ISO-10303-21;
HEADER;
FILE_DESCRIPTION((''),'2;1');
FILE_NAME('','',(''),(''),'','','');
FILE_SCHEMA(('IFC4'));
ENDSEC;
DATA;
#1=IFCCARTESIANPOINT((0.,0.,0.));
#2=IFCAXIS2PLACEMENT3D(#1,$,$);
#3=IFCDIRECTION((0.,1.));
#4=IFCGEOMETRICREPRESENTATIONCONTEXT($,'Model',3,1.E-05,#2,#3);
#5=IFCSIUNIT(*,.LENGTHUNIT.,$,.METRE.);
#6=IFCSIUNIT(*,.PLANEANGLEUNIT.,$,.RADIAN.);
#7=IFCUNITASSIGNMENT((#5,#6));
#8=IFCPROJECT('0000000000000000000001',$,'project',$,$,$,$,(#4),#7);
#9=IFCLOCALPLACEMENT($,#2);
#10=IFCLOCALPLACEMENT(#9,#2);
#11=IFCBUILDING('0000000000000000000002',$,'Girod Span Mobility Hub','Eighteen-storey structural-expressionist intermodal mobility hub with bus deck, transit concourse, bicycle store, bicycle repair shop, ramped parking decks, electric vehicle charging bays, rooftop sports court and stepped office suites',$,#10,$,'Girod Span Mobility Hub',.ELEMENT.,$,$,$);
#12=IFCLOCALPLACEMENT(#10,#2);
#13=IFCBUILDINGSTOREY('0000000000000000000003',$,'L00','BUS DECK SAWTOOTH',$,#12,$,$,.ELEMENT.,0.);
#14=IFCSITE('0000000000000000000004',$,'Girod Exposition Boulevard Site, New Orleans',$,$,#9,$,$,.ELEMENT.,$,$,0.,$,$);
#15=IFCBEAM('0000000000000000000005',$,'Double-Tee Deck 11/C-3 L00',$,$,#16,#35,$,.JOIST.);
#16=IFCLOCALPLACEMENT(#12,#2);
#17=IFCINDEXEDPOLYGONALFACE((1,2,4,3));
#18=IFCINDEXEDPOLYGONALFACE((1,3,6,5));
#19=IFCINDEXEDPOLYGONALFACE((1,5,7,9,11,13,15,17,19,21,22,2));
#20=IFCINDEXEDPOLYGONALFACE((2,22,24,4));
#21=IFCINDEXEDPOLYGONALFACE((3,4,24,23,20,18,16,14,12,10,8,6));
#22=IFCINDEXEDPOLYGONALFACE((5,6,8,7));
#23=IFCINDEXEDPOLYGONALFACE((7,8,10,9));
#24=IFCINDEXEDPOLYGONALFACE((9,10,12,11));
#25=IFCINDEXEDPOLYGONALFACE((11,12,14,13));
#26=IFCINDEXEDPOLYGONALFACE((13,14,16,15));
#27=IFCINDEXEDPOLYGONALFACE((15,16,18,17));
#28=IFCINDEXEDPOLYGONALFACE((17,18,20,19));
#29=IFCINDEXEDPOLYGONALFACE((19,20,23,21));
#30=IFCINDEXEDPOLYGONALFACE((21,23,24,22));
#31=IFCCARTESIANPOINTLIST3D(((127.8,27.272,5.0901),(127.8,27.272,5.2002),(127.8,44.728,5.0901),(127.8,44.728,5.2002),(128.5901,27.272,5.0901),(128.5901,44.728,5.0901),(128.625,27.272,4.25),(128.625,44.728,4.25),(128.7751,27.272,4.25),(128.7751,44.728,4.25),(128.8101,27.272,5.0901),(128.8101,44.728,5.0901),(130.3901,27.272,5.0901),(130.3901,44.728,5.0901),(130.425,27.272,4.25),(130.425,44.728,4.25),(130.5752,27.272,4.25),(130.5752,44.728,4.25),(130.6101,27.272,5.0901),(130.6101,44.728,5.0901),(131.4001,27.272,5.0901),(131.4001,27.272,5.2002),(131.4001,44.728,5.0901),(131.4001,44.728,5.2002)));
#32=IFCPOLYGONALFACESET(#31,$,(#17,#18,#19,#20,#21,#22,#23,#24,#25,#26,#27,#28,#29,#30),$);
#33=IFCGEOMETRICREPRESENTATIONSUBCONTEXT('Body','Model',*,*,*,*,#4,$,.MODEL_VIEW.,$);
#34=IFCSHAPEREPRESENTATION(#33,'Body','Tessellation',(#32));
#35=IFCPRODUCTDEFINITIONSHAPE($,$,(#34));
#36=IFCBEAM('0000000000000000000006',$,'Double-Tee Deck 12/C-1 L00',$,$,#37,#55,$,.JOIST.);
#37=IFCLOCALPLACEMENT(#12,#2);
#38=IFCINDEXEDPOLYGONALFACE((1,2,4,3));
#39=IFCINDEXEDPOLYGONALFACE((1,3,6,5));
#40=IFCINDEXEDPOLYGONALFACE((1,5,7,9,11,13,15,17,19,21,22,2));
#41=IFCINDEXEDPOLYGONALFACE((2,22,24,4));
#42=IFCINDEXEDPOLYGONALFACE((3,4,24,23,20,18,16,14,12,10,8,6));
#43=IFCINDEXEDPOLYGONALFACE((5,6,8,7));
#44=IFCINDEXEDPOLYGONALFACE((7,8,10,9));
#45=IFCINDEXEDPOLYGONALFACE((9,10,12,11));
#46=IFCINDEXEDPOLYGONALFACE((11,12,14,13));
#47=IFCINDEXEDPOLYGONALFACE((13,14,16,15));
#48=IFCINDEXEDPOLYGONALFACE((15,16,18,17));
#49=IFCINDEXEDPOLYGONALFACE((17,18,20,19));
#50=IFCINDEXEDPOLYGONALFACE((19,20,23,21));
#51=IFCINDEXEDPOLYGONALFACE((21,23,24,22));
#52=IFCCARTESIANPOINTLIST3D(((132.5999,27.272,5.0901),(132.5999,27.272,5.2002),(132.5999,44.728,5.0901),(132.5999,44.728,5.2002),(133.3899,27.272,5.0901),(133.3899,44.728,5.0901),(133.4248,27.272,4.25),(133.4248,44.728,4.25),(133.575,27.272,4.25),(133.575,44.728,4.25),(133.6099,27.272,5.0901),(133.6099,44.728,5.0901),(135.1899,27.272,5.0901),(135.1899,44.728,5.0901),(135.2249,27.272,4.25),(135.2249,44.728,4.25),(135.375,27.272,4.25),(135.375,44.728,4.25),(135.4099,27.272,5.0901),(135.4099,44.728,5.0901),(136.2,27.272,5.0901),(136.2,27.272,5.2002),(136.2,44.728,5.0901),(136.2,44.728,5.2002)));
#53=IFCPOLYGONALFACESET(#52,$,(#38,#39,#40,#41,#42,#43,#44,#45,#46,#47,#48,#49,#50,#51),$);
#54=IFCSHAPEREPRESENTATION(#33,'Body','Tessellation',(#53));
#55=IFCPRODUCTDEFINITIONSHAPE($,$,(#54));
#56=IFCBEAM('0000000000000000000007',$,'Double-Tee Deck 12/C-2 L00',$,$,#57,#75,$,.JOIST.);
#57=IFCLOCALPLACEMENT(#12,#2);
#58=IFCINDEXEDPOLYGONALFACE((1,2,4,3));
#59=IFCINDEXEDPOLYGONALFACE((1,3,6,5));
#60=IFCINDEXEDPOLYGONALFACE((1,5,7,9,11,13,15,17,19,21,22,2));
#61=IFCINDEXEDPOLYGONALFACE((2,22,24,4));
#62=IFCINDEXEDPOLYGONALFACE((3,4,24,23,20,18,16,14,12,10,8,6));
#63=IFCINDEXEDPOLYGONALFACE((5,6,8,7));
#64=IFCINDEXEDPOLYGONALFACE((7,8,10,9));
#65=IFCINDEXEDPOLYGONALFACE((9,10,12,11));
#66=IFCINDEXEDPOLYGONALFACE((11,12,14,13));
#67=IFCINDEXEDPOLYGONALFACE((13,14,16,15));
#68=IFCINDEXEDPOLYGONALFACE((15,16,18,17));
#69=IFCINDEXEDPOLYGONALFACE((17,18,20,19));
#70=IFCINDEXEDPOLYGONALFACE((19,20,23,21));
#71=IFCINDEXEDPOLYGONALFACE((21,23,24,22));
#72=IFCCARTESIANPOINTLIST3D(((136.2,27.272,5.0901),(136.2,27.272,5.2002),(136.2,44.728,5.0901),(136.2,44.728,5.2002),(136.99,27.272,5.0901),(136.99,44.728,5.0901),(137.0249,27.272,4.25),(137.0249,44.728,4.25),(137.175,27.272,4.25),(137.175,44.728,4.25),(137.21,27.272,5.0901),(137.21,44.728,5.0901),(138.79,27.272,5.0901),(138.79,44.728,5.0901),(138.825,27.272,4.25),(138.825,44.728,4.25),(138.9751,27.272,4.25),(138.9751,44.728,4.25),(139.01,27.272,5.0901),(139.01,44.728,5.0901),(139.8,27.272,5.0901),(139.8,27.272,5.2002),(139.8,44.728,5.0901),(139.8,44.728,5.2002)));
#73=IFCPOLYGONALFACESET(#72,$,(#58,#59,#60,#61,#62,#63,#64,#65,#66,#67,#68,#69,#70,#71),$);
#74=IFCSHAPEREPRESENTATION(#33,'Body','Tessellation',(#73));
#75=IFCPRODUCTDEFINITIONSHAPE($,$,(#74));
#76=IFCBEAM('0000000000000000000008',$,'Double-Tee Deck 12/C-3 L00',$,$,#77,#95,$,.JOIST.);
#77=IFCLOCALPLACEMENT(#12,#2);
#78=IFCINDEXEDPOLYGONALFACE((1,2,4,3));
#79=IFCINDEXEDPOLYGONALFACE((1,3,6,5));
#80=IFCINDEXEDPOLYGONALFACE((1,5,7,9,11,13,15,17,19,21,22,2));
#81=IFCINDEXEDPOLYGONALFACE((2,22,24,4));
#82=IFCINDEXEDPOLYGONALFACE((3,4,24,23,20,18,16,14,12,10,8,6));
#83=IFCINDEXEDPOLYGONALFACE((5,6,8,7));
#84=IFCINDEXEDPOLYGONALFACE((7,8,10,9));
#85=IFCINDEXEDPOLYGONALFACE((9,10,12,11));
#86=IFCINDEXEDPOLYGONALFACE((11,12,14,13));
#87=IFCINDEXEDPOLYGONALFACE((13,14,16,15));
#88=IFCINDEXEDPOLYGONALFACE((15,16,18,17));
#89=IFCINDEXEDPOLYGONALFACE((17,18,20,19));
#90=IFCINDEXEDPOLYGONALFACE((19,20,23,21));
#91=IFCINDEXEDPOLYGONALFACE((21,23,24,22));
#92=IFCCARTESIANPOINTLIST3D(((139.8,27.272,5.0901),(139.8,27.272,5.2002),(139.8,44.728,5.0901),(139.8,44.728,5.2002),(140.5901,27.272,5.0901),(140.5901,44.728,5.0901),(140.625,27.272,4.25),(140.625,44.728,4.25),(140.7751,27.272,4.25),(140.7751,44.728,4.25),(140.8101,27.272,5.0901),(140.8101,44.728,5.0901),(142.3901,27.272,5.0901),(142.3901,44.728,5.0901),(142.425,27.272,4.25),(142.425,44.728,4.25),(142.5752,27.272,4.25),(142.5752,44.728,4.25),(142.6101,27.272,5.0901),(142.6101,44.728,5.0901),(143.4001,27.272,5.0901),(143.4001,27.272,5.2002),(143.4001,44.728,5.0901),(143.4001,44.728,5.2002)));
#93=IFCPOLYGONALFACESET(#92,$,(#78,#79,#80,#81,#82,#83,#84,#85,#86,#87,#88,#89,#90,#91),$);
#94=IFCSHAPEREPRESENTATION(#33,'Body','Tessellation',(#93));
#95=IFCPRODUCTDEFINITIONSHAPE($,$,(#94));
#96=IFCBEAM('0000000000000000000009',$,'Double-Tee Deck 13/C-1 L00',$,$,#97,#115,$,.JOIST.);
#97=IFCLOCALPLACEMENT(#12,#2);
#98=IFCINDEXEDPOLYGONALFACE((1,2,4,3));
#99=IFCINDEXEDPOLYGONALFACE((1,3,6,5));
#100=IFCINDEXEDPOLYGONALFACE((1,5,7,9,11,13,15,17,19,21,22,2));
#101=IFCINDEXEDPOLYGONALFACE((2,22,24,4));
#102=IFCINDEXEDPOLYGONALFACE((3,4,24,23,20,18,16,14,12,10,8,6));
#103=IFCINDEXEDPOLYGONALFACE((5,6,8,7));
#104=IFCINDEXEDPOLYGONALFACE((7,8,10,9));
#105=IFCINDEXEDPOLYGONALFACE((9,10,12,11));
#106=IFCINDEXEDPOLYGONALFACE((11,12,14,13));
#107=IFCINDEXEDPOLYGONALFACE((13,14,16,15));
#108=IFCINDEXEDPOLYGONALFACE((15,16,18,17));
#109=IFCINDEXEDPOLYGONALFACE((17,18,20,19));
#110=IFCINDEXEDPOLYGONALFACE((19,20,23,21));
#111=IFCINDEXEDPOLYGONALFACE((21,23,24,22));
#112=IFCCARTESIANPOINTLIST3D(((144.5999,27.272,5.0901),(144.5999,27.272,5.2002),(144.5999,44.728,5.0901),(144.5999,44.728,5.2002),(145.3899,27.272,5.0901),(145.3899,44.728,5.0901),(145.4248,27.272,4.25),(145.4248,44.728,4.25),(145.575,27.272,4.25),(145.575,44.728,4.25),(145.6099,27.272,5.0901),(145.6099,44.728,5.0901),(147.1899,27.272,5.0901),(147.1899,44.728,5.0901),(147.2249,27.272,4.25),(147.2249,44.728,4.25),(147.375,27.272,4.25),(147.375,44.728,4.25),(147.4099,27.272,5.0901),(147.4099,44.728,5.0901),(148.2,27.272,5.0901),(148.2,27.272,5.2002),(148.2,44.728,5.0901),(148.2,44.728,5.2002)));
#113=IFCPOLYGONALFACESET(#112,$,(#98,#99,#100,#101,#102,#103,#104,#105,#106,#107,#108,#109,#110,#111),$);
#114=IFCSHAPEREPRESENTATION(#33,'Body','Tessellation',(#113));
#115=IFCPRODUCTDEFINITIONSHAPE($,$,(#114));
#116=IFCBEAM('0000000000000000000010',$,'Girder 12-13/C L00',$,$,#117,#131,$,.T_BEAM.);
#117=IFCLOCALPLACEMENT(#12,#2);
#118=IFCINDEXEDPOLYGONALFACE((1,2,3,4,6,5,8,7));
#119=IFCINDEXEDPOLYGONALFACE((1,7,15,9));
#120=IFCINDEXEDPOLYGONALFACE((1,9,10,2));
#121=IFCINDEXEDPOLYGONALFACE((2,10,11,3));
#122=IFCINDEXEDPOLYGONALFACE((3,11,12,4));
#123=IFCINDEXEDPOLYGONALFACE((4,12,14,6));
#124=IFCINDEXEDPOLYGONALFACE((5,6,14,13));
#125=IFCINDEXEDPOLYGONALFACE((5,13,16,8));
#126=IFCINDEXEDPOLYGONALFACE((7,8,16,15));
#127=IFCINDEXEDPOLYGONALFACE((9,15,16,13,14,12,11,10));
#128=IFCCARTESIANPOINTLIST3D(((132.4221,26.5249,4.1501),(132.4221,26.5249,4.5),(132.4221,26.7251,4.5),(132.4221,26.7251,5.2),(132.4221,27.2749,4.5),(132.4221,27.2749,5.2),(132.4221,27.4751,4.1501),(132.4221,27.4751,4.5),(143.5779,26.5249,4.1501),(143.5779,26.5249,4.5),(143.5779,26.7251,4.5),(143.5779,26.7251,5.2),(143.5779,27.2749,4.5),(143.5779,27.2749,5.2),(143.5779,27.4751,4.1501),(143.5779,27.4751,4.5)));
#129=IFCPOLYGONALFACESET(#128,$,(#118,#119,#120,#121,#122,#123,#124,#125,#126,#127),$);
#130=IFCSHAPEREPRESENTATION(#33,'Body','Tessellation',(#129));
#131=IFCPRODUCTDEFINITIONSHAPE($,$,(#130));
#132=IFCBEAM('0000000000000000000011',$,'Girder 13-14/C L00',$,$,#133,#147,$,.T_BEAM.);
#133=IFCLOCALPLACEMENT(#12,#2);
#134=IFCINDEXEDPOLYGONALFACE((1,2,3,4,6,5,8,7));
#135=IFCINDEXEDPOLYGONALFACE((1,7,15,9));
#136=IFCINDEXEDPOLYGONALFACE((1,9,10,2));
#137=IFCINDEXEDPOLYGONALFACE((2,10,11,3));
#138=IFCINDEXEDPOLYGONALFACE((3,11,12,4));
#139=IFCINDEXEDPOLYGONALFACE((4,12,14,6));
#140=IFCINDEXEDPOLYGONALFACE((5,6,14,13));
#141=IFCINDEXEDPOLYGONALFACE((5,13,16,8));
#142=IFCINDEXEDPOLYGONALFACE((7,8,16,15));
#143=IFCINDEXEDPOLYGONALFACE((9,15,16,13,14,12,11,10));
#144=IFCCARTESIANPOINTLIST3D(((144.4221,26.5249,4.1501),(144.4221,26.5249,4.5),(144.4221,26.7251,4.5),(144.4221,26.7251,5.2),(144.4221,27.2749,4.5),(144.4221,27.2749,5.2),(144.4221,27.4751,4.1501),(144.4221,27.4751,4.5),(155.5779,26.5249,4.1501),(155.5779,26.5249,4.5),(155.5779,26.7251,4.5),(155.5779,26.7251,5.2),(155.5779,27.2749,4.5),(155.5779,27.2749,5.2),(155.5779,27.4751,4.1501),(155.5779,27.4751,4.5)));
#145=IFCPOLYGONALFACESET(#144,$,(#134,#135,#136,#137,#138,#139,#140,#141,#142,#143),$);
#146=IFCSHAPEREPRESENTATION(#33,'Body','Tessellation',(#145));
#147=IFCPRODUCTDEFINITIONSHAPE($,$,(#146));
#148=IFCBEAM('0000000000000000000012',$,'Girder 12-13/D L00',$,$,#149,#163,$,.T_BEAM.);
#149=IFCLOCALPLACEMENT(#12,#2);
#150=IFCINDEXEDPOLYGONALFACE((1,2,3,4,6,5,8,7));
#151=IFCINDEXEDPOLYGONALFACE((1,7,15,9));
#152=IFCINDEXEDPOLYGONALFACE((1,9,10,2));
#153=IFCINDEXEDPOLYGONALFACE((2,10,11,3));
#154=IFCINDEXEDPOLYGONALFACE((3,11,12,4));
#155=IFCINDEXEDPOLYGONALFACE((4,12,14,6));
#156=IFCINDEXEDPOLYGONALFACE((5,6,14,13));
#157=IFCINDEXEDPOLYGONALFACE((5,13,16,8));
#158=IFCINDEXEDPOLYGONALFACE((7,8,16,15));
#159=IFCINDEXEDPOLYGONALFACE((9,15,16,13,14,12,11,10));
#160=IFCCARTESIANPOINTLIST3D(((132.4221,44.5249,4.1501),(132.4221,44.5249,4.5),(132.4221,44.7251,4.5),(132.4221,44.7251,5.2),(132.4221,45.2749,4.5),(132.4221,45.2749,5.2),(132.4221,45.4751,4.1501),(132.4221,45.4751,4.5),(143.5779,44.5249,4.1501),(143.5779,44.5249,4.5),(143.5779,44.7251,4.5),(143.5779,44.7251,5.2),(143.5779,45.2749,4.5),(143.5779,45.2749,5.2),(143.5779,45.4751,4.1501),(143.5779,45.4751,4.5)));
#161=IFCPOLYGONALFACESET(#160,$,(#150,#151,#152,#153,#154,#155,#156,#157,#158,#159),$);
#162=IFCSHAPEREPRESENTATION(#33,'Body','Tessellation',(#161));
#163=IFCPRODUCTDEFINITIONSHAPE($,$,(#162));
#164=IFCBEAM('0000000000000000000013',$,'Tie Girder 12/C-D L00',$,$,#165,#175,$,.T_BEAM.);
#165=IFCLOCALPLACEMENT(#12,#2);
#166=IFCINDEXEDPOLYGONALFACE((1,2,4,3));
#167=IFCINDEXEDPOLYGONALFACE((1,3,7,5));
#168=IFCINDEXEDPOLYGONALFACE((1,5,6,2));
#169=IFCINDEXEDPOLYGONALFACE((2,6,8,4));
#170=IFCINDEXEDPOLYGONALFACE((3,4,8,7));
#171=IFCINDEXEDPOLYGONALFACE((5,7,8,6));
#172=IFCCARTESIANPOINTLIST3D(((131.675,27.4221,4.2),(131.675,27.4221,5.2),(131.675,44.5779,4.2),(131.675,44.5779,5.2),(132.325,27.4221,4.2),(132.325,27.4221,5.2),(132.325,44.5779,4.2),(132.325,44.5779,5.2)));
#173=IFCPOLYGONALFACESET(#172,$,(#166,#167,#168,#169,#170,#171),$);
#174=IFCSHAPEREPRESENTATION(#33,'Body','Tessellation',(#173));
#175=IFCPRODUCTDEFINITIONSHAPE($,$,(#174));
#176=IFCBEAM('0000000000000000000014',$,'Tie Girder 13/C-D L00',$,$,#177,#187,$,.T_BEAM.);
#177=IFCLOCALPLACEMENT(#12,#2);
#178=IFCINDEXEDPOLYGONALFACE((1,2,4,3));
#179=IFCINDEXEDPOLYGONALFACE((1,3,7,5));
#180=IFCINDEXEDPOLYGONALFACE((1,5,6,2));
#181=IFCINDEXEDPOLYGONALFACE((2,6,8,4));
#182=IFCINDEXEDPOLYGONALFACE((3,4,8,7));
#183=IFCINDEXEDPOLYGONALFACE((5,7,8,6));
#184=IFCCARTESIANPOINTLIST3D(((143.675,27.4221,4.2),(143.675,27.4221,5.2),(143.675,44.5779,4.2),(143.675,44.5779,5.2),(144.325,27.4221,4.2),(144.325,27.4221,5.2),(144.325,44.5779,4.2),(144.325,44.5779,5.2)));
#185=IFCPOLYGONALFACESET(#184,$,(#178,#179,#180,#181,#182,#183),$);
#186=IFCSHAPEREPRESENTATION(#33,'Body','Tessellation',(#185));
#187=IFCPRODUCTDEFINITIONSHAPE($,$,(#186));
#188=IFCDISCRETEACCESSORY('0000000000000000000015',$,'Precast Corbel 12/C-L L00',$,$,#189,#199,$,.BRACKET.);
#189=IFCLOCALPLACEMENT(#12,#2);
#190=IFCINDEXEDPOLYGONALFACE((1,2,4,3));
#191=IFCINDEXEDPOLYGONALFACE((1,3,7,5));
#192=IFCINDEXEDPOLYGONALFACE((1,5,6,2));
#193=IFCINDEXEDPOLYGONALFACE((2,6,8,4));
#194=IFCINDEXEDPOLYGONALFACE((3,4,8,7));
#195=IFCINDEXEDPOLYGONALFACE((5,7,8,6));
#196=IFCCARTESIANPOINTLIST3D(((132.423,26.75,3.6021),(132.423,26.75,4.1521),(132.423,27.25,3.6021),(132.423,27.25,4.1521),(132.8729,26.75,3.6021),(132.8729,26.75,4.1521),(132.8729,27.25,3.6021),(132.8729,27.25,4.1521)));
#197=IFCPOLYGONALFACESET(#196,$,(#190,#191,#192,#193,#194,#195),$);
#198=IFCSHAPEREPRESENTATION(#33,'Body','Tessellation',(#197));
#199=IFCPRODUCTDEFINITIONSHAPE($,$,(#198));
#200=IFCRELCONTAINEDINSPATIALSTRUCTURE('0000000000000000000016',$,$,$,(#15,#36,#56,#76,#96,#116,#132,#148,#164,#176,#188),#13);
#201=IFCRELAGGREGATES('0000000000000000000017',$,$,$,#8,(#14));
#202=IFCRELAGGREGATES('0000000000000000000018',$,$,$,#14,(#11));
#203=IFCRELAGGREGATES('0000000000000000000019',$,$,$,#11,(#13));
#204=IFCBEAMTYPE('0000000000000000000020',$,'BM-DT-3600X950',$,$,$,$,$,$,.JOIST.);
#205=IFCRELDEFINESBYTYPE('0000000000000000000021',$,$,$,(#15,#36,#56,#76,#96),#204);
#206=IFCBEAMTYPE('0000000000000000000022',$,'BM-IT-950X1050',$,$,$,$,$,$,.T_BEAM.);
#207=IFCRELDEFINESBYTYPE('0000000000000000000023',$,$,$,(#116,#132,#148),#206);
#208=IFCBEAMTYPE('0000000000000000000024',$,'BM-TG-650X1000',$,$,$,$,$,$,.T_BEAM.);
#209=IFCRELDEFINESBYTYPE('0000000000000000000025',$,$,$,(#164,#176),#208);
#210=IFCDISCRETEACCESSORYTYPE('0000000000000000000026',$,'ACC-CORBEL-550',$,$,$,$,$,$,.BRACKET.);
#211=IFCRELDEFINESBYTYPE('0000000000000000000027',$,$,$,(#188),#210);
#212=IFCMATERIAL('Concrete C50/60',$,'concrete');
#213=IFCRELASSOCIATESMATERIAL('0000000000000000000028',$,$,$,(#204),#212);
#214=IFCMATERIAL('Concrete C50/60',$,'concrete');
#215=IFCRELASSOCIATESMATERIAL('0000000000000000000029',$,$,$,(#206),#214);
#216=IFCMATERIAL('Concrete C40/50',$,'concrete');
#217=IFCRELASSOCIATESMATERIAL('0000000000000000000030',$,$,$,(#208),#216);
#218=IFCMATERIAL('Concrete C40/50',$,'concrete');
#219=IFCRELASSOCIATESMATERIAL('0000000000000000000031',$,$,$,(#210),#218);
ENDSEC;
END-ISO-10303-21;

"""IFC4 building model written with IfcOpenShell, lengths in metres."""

from ifc_helpers import new_model, si_unit, direction, frame, origin, origin_2d, place, context, subcontext, project, spatial, polyline, rectangle, outline, extrude, material, material_profile, profile_set, type_object, element, save


model = new_model("IFC4")

# Units and contexts
model_context = context("Model", 3, precision=1e-05, world=origin(), true_north=direction((0.0, 1.0)))
body_context = subcontext(model_context, "Body", "Model", "MODEL_VIEW")
ifc_project = project(units=[si_unit("LENGTHUNIT", "METRE"), si_unit("PLANEANGLEUNIT", "RADIAN")], contexts=[model_context])

# Site, building, storey
site_placement = place(None, origin())
site = spatial("IfcSite", under=ifc_project, at=site_placement, Name="Girod Exposition Boulevard Site, New Orleans", CompositionType="ELEMENT", RefElevation=0.0)
building_placement = place(site_placement, origin())
building = spatial("IfcBuilding", under=site, at=building_placement, Name="Girod Span Mobility Hub", Description="Eighteen-storey structural-expressionist intermodal mobility hub with bus deck, transit concourse, bicycle store, bicycle repair shop, ramped parking decks, electric vehicle charging bays, rooftop sports court and stepped office suites", LongName="Girod Span Mobility Hub", CompositionType="ELEMENT")
storey_placement = place(building_placement, origin())
storey = spatial("IfcBuildingStorey", under=building, at=storey_placement, Name="L00", Description="BUS DECK SAWTOOTH", CompositionType="ELEMENT", Elevation=0.0)

# Beams
ifc_material_1 = material(Name="Concrete C50/60", Category="concrete")
ifc_material_profile_1 = material_profile(ifc_material_1, outline(polyline([(-1.8, 0.4751), (-1.8, 0.365), (-1.01, 0.365), (-0.9751, -0.4751), (-0.825, -0.4751), (-0.79, 0.365), (0.79, 0.365), (0.825, -0.4751), (0.9751, -0.4751), (1.01, 0.365), (1.8, 0.365), (1.8, 0.4751), (-1.8, 0.4751)])), Name="DT-3600X950")
ifc_profile_set_1 = profile_set([ifc_material_profile_1], Name="Concrete C50/60")
beam_type_1 = type_object("IfcBeamType", Name="BM-DT-3600X950", PredefinedType="JOIST", material=ifc_profile_set_1)
for number, where, z_axis, x_axis, name in (
    (1, (129.6001, 27.272, 4.7251), (0.0, 1.0, 0.0), (-1.0, 0.0, 0.0), "Double-Tee Deck 11/C-3 L00"),
    (2, (134.3999, 27.272, 4.7251), (0.0, 1.0, 0.0), (-1.0, 0.0, 0.0), "Double-Tee Deck 12/C-1 L00"),
    (3, (138.0, 27.272, 4.7251), (0.0, 1.0, 0.0), (-1.0, 0.0, 0.0), "Double-Tee Deck 12/C-2 L00"),
    (4, (141.6001, 27.272, 4.7251), (0.0, 1.0, 0.0), (-1.0, 0.0, 0.0), "Double-Tee Deck 12/C-3 L00"),
    (5, (146.3999, 27.272, 4.7251), (0.0, 1.0, 0.0), (-1.0, 0.0, 0.0), "Double-Tee Deck 13/C-1 L00"),
):
    element("IfcBeam", number, at=place(storey_placement, frame(where, z_axis=z_axis, x_axis=x_axis)), inside=storey, type_object=beam_type_1, Name=name, PredefinedType="JOIST", context=body_context, shape_type="SweptSolid", body=[
        extrude(outline(polyline([(-1.8, 0.4751), (-1.8, 0.365), (-1.01, 0.365), (-0.9751, -0.4751), (-0.825, -0.4751), (-0.79, 0.365), (0.79, 0.365), (0.825, -0.4751), (0.9751, -0.4751), (1.01, 0.365), (1.8, 0.365), (1.8, 0.4751), (-1.8, 0.4751)])), origin(), (0.0, 0.0, 1.0), 17.4561),
    ])
ifc_material_2 = material(Name="Concrete C50/60", Category="concrete")
ifc_material_profile_2 = material_profile(ifc_material_2, outline(polyline([(-0.4751, -0.5249), (0.4751, -0.5249), (0.4751, -0.175), (0.2749, -0.175), (0.2749, 0.5249), (-0.2749, 0.5249), (-0.2749, -0.175), (-0.4751, -0.175), (-0.4751, -0.5249)])), Name="IT-950X1050")
ifc_profile_set_2 = profile_set([ifc_material_profile_2], Name="Concrete C50/60")
beam_type_2 = type_object("IfcBeamType", Name="BM-IT-950X1050", PredefinedType="T_BEAM", material=ifc_profile_set_2)
for number, where, z_axis, x_axis, name in (
    (6, (132.4221, 27.0, 4.675), (1.0, 0.0, 0.0), (0.0, 1.0, 0.0), "Girder 12-13/C L00"),
    (7, (144.4221, 27.0, 4.675), (1.0, 0.0, 0.0), (0.0, 1.0, 0.0), "Girder 13-14/C L00"),
    (8, (132.4221, 45.0, 4.675), (1.0, 0.0, 0.0), (0.0, 1.0, 0.0), "Girder 12-13/D L00"),
):
    element("IfcBeam", number, at=place(storey_placement, frame(where, z_axis=z_axis, x_axis=x_axis)), inside=storey, type_object=beam_type_2, Name=name, PredefinedType="T_BEAM", context=body_context, shape_type="SweptSolid", body=[
        extrude(outline(polyline([(-0.4751, -0.5249), (0.4751, -0.5249), (0.4751, -0.175), (0.2749, -0.175), (0.2749, 0.5249), (-0.2749, 0.5249), (-0.2749, -0.175), (-0.4751, -0.175), (-0.4751, -0.5249)])), origin(), (0.0, 0.0, 1.0), 11.1558),
    ])
ifc_material_3 = material(Name="Concrete C40/50", Category="concrete")
ifc_material_profile_3 = material_profile(ifc_material_3, rectangle(XDim=0.6499, YDim=1.0, at=origin_2d()), Name="TG-650X1000")
ifc_profile_set_3 = profile_set([ifc_material_profile_3], Name="Concrete C40/50")
beam_type_3 = type_object("IfcBeamType", Name="BM-TG-650X1000", PredefinedType="T_BEAM", material=ifc_profile_set_3)
for number, where, z_axis, x_axis, name in (
    (9, (132.0, 27.4221, 4.7), (0.0, 1.0, 0.0), (-1.0, 0.0, 0.0), "Tie Girder 12/C-D L00"),
    (10, (144.0, 27.4221, 4.7), (0.0, 1.0, 0.0), (-1.0, 0.0, 0.0), "Tie Girder 13/C-D L00"),
):
    element("IfcBeam", number, at=place(storey_placement, frame(where, z_axis=z_axis, x_axis=x_axis)), inside=storey, type_object=beam_type_3, Name=name, PredefinedType="T_BEAM", context=body_context, shape_type="SweptSolid", body=[
        extrude(rectangle(XDim=0.6499, YDim=1.0, at=origin_2d()), origin(), (0.0, 0.0, 1.0), 17.1558),
    ])

# Discrete accessory
ifc_material_4 = material(Name="Concrete C40/50", Category="concrete")
discrete_accessory_type = type_object("IfcDiscreteAccessoryType", Name="ACC-CORBEL-550", PredefinedType="BRACKET", material=ifc_material_4)
for number, where, z_axis, x_axis, name in (
    (11, (132.6479, 27.0, 3.6021), (0.0, 0.0, 1.0), (1.0, 0.0, 0.0), "Precast Corbel 12/C-L L00"),
):
    element("IfcDiscreteAccessory", number, at=place(storey_placement, frame(where, z_axis=z_axis, x_axis=x_axis)), inside=storey, type_object=discrete_accessory_type, Name=name, PredefinedType="BRACKET", context=body_context, shape_type="SweptSolid", body=[
        extrude(rectangle(XDim=0.45, YDim=0.5, at=origin_2d()), origin(), (0.0, 0.0, 1.0), 0.55),
    ])

save(model, "model.ifc")
